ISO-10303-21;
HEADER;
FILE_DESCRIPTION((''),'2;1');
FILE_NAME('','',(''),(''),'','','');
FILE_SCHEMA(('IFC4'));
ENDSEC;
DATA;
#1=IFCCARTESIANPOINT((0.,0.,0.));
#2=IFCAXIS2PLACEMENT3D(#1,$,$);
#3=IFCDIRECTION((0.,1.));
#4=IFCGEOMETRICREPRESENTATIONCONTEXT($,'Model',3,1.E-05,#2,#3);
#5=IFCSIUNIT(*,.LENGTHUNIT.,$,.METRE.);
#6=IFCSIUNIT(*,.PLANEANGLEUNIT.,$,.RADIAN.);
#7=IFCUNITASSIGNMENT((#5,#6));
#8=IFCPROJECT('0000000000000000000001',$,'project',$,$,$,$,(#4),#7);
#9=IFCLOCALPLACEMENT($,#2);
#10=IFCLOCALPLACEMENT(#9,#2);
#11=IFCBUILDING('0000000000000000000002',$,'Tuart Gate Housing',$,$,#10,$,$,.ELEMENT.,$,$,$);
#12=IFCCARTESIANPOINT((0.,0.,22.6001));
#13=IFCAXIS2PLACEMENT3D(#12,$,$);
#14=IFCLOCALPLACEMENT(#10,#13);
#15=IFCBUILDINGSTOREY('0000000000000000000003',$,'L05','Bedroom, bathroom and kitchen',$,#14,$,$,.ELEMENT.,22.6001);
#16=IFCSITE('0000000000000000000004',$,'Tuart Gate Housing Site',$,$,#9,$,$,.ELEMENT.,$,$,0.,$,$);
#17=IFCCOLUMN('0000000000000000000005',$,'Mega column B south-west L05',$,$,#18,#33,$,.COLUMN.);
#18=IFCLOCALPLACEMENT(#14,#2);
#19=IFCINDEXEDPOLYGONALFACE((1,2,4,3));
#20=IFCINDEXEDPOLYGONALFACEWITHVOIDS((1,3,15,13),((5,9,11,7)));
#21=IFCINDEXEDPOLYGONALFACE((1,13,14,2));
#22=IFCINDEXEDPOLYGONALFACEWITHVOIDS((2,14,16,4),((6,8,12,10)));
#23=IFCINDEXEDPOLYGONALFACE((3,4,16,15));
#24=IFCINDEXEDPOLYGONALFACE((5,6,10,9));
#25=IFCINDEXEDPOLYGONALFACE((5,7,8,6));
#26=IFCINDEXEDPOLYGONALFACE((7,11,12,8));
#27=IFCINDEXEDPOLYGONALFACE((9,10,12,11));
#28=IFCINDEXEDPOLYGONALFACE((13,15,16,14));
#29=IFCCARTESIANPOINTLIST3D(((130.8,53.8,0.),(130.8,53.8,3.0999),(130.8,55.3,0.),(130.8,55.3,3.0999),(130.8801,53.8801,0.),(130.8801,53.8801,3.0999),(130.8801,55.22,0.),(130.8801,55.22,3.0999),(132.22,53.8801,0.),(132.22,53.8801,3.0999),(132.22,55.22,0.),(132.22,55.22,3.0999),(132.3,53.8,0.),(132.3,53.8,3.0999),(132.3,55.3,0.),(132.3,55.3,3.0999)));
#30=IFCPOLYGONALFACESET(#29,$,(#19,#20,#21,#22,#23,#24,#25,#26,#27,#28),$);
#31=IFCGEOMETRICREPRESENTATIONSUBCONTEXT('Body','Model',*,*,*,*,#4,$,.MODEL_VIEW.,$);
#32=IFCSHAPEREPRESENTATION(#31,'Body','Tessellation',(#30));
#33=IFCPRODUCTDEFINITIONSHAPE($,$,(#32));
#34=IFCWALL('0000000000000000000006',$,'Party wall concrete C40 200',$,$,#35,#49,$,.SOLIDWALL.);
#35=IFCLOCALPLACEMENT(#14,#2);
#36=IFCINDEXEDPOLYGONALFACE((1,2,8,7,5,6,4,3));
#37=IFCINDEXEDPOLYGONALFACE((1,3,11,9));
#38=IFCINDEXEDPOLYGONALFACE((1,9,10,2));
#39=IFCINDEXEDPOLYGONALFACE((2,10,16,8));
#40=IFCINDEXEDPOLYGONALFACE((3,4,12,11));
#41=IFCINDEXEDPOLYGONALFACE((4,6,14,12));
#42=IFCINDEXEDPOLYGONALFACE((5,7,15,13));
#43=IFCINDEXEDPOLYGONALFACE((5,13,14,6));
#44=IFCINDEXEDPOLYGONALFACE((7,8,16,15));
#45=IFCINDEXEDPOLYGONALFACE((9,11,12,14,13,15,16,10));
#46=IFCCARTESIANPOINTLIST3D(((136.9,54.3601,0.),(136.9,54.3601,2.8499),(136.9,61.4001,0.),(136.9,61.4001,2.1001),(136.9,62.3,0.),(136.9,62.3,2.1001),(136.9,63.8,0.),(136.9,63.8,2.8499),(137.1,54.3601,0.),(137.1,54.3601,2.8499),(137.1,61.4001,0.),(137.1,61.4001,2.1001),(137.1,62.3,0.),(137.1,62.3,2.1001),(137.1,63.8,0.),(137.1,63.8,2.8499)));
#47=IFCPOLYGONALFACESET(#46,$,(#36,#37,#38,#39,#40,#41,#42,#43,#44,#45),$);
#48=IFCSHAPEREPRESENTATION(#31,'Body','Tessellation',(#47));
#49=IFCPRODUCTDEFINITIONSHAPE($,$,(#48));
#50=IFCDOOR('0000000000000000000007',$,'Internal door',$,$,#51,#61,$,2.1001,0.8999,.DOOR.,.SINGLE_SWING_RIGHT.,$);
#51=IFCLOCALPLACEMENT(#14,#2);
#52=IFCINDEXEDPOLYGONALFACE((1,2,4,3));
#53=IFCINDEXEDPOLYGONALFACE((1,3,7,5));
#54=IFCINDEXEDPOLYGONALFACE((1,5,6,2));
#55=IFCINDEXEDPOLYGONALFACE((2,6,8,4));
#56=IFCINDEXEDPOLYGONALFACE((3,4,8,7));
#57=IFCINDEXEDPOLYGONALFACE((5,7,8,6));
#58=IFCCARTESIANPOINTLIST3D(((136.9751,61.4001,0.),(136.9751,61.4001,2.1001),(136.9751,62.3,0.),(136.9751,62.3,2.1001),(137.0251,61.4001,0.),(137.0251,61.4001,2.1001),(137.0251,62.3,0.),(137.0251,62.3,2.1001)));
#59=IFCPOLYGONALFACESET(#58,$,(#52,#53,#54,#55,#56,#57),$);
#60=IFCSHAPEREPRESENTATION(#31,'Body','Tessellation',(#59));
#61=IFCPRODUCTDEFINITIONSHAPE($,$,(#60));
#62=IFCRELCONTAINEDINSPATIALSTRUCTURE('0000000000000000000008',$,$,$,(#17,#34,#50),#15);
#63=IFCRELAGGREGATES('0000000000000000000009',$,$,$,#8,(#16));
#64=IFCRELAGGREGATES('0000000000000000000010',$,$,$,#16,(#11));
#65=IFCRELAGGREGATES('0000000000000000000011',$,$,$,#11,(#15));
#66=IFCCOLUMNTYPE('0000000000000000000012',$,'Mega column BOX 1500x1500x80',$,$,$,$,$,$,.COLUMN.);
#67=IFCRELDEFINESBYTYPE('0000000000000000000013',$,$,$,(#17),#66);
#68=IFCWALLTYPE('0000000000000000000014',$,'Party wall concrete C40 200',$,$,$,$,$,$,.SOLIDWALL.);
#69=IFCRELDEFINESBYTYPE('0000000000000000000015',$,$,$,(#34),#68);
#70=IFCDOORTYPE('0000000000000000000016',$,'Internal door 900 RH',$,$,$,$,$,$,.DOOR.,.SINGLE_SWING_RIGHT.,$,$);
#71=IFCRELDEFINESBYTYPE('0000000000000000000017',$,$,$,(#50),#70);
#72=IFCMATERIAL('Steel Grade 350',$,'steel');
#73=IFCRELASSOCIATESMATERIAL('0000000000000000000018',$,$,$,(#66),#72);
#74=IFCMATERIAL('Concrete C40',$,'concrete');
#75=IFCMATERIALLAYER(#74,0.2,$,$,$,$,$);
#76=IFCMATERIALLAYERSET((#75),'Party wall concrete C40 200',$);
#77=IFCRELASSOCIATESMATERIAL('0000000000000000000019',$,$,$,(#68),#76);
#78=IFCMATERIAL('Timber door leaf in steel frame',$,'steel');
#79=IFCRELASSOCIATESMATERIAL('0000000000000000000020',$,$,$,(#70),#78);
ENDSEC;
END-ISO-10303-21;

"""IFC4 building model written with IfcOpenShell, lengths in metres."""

from ifc_helpers import new_model, si_unit, direction, frame, frame_2d, origin, origin_2d, place, context, subcontext, project, spatial, rectangle, hollow_rectangle, extrude, material, layer, layer_set, material_profile, profile_set, type_object, element, fill, save


model = new_model("IFC4")

# Units and contexts
model_context = context("Model", 3, precision=1e-05, world=origin(), true_north=direction((0.0, 1.0)))
body_context = subcontext(model_context, "Body", "Model", "MODEL_VIEW")
ifc_project = project(units=[si_unit("LENGTHUNIT", "METRE"), si_unit("PLANEANGLEUNIT", "RADIAN")], contexts=[model_context])

# Site, building, storey
site_placement = place(None, origin())
site = spatial("IfcSite", under=ifc_project, at=site_placement, Name="Tuart Gate Housing Site", CompositionType="ELEMENT", RefElevation=0.0)
building_placement = place(site_placement, origin())
building = spatial("IfcBuilding", under=site, at=building_placement, Name="Tuart Gate Housing", CompositionType="ELEMENT")
storey_placement = place(building_placement, frame((0.0, 0.0, 22.6001)))
storey = spatial("IfcBuildingStorey", under=building, at=storey_placement, Name="L05", Description="Bedroom, bathroom and kitchen", CompositionType="ELEMENT", Elevation=22.6001)

# Column
ifc_material_1 = material(Name="Steel Grade 350", Category="steel")
ifc_material_profile = material_profile(ifc_material_1, hollow_rectangle(XDim=1.5, YDim=1.5, WallThickness=0.0801, at=origin_2d()), Name="BOX 1500x1500x80")
ifc_profile_set = profile_set([ifc_material_profile], Name="Steel Grade 350")
column_type = type_object("IfcColumnType", Name="Mega column BOX 1500x1500x80", PredefinedType="COLUMN", material=ifc_profile_set)
column_placement = place(storey_placement, frame((131.55, 54.55, 0.0), z_axis=(0.0, 0.0, 1.0), x_axis=(1.0, 0.0, 0.0)))
element("IfcColumn", 1, at=column_placement, inside=storey, type_object=column_type, Name="Mega column B south-west L05", PredefinedType="COLUMN", context=body_context, shape_type="SweptSolid", body=[
    extrude(hollow_rectangle(XDim=1.5, YDim=1.5, WallThickness=0.0801, at=origin_2d()), origin(), (0.0, 0.0, 1.0), 3.0999),
])

# Wall, opening, door
ifc_material_2 = material(Name="Concrete C40", Category="concrete")
ifc_layer_1 = layer(ifc_material_2, 0.2)
ifc_layer_set_1 = layer_set([ifc_layer_1], Name="Party wall concrete C40 200")
wall_type_1 = type_object("IfcWallType", Name="Party wall concrete C40 200", PredefinedType="SOLIDWALL", material=ifc_layer_set_1)
wall_1_placement = place(storey_placement, frame((137.0, 54.3601, 0.0), z_axis=(0.0, 0.0, 1.0), x_axis=(0.0, 1.0, 0.0)))
wall_1 = element("IfcWall", 2, at=wall_1_placement, inside=storey, type_object=wall_type_1, Name="Party wall concrete C40 200", PredefinedType="SOLIDWALL", context=body_context, shape_type="SweptSolid", body=[
    extrude(rectangle(XDim=9.4399, YDim=0.2, at=frame_2d((4.72, 0.0))), origin(), (0.0, 0.0, 1.0), 2.8499),
])
opening_1_placement = place(wall_1_placement, frame((7.04, 0.0, 0.0)))
opening_1 = element("IfcOpeningElement", 3, at=opening_1_placement, cuts=wall_1, PredefinedType="OPENING", context=body_context, shape_type="SweptSolid", body=[
    extrude(rectangle(XDim=0.8999, YDim=2.1001, at=frame_2d((0.45, 1.05))), frame((0.0, 0.1099, 0.0), z_axis=(0.0, -1.0, 0.0), x_axis=(1.0, 0.0, 0.0)), (0.0, 0.0, 1.0), 0.22),
])
ifc_material_3 = material(Name="Timber door leaf in steel frame", Category="steel")
door_type = type_object("IfcDoorType", Name="Internal door 900 RH", OperationType="SINGLE_SWING_RIGHT", PredefinedType="DOOR", material=ifc_material_3)
door_placement = place(opening_1_placement, frame((0.8999, 0.0, 0.0), z_axis=(0.0, 0.0, 1.0), x_axis=(-1.0, 0.0, 0.0)))
door = element("IfcDoor", 4, at=door_placement, inside=storey, type_object=door_type, Name="Internal door", OperationType="SINGLE_SWING_RIGHT", OverallHeight=2.1001, OverallWidth=0.8999, PredefinedType="DOOR", context=body_context, shape_type="SweptSolid", body=[
    extrude(rectangle(XDim=0.8999, YDim=2.1001, at=frame_2d((0.45, 1.05))), frame((0.0, 0.0251, 0.0), z_axis=(0.0, -1.0, 0.0), x_axis=(1.0, 0.0, 0.0)), (0.0, 0.0, 1.0), 0.05),
])
fill(opening_1, door)

save(model, "model.ifc")
